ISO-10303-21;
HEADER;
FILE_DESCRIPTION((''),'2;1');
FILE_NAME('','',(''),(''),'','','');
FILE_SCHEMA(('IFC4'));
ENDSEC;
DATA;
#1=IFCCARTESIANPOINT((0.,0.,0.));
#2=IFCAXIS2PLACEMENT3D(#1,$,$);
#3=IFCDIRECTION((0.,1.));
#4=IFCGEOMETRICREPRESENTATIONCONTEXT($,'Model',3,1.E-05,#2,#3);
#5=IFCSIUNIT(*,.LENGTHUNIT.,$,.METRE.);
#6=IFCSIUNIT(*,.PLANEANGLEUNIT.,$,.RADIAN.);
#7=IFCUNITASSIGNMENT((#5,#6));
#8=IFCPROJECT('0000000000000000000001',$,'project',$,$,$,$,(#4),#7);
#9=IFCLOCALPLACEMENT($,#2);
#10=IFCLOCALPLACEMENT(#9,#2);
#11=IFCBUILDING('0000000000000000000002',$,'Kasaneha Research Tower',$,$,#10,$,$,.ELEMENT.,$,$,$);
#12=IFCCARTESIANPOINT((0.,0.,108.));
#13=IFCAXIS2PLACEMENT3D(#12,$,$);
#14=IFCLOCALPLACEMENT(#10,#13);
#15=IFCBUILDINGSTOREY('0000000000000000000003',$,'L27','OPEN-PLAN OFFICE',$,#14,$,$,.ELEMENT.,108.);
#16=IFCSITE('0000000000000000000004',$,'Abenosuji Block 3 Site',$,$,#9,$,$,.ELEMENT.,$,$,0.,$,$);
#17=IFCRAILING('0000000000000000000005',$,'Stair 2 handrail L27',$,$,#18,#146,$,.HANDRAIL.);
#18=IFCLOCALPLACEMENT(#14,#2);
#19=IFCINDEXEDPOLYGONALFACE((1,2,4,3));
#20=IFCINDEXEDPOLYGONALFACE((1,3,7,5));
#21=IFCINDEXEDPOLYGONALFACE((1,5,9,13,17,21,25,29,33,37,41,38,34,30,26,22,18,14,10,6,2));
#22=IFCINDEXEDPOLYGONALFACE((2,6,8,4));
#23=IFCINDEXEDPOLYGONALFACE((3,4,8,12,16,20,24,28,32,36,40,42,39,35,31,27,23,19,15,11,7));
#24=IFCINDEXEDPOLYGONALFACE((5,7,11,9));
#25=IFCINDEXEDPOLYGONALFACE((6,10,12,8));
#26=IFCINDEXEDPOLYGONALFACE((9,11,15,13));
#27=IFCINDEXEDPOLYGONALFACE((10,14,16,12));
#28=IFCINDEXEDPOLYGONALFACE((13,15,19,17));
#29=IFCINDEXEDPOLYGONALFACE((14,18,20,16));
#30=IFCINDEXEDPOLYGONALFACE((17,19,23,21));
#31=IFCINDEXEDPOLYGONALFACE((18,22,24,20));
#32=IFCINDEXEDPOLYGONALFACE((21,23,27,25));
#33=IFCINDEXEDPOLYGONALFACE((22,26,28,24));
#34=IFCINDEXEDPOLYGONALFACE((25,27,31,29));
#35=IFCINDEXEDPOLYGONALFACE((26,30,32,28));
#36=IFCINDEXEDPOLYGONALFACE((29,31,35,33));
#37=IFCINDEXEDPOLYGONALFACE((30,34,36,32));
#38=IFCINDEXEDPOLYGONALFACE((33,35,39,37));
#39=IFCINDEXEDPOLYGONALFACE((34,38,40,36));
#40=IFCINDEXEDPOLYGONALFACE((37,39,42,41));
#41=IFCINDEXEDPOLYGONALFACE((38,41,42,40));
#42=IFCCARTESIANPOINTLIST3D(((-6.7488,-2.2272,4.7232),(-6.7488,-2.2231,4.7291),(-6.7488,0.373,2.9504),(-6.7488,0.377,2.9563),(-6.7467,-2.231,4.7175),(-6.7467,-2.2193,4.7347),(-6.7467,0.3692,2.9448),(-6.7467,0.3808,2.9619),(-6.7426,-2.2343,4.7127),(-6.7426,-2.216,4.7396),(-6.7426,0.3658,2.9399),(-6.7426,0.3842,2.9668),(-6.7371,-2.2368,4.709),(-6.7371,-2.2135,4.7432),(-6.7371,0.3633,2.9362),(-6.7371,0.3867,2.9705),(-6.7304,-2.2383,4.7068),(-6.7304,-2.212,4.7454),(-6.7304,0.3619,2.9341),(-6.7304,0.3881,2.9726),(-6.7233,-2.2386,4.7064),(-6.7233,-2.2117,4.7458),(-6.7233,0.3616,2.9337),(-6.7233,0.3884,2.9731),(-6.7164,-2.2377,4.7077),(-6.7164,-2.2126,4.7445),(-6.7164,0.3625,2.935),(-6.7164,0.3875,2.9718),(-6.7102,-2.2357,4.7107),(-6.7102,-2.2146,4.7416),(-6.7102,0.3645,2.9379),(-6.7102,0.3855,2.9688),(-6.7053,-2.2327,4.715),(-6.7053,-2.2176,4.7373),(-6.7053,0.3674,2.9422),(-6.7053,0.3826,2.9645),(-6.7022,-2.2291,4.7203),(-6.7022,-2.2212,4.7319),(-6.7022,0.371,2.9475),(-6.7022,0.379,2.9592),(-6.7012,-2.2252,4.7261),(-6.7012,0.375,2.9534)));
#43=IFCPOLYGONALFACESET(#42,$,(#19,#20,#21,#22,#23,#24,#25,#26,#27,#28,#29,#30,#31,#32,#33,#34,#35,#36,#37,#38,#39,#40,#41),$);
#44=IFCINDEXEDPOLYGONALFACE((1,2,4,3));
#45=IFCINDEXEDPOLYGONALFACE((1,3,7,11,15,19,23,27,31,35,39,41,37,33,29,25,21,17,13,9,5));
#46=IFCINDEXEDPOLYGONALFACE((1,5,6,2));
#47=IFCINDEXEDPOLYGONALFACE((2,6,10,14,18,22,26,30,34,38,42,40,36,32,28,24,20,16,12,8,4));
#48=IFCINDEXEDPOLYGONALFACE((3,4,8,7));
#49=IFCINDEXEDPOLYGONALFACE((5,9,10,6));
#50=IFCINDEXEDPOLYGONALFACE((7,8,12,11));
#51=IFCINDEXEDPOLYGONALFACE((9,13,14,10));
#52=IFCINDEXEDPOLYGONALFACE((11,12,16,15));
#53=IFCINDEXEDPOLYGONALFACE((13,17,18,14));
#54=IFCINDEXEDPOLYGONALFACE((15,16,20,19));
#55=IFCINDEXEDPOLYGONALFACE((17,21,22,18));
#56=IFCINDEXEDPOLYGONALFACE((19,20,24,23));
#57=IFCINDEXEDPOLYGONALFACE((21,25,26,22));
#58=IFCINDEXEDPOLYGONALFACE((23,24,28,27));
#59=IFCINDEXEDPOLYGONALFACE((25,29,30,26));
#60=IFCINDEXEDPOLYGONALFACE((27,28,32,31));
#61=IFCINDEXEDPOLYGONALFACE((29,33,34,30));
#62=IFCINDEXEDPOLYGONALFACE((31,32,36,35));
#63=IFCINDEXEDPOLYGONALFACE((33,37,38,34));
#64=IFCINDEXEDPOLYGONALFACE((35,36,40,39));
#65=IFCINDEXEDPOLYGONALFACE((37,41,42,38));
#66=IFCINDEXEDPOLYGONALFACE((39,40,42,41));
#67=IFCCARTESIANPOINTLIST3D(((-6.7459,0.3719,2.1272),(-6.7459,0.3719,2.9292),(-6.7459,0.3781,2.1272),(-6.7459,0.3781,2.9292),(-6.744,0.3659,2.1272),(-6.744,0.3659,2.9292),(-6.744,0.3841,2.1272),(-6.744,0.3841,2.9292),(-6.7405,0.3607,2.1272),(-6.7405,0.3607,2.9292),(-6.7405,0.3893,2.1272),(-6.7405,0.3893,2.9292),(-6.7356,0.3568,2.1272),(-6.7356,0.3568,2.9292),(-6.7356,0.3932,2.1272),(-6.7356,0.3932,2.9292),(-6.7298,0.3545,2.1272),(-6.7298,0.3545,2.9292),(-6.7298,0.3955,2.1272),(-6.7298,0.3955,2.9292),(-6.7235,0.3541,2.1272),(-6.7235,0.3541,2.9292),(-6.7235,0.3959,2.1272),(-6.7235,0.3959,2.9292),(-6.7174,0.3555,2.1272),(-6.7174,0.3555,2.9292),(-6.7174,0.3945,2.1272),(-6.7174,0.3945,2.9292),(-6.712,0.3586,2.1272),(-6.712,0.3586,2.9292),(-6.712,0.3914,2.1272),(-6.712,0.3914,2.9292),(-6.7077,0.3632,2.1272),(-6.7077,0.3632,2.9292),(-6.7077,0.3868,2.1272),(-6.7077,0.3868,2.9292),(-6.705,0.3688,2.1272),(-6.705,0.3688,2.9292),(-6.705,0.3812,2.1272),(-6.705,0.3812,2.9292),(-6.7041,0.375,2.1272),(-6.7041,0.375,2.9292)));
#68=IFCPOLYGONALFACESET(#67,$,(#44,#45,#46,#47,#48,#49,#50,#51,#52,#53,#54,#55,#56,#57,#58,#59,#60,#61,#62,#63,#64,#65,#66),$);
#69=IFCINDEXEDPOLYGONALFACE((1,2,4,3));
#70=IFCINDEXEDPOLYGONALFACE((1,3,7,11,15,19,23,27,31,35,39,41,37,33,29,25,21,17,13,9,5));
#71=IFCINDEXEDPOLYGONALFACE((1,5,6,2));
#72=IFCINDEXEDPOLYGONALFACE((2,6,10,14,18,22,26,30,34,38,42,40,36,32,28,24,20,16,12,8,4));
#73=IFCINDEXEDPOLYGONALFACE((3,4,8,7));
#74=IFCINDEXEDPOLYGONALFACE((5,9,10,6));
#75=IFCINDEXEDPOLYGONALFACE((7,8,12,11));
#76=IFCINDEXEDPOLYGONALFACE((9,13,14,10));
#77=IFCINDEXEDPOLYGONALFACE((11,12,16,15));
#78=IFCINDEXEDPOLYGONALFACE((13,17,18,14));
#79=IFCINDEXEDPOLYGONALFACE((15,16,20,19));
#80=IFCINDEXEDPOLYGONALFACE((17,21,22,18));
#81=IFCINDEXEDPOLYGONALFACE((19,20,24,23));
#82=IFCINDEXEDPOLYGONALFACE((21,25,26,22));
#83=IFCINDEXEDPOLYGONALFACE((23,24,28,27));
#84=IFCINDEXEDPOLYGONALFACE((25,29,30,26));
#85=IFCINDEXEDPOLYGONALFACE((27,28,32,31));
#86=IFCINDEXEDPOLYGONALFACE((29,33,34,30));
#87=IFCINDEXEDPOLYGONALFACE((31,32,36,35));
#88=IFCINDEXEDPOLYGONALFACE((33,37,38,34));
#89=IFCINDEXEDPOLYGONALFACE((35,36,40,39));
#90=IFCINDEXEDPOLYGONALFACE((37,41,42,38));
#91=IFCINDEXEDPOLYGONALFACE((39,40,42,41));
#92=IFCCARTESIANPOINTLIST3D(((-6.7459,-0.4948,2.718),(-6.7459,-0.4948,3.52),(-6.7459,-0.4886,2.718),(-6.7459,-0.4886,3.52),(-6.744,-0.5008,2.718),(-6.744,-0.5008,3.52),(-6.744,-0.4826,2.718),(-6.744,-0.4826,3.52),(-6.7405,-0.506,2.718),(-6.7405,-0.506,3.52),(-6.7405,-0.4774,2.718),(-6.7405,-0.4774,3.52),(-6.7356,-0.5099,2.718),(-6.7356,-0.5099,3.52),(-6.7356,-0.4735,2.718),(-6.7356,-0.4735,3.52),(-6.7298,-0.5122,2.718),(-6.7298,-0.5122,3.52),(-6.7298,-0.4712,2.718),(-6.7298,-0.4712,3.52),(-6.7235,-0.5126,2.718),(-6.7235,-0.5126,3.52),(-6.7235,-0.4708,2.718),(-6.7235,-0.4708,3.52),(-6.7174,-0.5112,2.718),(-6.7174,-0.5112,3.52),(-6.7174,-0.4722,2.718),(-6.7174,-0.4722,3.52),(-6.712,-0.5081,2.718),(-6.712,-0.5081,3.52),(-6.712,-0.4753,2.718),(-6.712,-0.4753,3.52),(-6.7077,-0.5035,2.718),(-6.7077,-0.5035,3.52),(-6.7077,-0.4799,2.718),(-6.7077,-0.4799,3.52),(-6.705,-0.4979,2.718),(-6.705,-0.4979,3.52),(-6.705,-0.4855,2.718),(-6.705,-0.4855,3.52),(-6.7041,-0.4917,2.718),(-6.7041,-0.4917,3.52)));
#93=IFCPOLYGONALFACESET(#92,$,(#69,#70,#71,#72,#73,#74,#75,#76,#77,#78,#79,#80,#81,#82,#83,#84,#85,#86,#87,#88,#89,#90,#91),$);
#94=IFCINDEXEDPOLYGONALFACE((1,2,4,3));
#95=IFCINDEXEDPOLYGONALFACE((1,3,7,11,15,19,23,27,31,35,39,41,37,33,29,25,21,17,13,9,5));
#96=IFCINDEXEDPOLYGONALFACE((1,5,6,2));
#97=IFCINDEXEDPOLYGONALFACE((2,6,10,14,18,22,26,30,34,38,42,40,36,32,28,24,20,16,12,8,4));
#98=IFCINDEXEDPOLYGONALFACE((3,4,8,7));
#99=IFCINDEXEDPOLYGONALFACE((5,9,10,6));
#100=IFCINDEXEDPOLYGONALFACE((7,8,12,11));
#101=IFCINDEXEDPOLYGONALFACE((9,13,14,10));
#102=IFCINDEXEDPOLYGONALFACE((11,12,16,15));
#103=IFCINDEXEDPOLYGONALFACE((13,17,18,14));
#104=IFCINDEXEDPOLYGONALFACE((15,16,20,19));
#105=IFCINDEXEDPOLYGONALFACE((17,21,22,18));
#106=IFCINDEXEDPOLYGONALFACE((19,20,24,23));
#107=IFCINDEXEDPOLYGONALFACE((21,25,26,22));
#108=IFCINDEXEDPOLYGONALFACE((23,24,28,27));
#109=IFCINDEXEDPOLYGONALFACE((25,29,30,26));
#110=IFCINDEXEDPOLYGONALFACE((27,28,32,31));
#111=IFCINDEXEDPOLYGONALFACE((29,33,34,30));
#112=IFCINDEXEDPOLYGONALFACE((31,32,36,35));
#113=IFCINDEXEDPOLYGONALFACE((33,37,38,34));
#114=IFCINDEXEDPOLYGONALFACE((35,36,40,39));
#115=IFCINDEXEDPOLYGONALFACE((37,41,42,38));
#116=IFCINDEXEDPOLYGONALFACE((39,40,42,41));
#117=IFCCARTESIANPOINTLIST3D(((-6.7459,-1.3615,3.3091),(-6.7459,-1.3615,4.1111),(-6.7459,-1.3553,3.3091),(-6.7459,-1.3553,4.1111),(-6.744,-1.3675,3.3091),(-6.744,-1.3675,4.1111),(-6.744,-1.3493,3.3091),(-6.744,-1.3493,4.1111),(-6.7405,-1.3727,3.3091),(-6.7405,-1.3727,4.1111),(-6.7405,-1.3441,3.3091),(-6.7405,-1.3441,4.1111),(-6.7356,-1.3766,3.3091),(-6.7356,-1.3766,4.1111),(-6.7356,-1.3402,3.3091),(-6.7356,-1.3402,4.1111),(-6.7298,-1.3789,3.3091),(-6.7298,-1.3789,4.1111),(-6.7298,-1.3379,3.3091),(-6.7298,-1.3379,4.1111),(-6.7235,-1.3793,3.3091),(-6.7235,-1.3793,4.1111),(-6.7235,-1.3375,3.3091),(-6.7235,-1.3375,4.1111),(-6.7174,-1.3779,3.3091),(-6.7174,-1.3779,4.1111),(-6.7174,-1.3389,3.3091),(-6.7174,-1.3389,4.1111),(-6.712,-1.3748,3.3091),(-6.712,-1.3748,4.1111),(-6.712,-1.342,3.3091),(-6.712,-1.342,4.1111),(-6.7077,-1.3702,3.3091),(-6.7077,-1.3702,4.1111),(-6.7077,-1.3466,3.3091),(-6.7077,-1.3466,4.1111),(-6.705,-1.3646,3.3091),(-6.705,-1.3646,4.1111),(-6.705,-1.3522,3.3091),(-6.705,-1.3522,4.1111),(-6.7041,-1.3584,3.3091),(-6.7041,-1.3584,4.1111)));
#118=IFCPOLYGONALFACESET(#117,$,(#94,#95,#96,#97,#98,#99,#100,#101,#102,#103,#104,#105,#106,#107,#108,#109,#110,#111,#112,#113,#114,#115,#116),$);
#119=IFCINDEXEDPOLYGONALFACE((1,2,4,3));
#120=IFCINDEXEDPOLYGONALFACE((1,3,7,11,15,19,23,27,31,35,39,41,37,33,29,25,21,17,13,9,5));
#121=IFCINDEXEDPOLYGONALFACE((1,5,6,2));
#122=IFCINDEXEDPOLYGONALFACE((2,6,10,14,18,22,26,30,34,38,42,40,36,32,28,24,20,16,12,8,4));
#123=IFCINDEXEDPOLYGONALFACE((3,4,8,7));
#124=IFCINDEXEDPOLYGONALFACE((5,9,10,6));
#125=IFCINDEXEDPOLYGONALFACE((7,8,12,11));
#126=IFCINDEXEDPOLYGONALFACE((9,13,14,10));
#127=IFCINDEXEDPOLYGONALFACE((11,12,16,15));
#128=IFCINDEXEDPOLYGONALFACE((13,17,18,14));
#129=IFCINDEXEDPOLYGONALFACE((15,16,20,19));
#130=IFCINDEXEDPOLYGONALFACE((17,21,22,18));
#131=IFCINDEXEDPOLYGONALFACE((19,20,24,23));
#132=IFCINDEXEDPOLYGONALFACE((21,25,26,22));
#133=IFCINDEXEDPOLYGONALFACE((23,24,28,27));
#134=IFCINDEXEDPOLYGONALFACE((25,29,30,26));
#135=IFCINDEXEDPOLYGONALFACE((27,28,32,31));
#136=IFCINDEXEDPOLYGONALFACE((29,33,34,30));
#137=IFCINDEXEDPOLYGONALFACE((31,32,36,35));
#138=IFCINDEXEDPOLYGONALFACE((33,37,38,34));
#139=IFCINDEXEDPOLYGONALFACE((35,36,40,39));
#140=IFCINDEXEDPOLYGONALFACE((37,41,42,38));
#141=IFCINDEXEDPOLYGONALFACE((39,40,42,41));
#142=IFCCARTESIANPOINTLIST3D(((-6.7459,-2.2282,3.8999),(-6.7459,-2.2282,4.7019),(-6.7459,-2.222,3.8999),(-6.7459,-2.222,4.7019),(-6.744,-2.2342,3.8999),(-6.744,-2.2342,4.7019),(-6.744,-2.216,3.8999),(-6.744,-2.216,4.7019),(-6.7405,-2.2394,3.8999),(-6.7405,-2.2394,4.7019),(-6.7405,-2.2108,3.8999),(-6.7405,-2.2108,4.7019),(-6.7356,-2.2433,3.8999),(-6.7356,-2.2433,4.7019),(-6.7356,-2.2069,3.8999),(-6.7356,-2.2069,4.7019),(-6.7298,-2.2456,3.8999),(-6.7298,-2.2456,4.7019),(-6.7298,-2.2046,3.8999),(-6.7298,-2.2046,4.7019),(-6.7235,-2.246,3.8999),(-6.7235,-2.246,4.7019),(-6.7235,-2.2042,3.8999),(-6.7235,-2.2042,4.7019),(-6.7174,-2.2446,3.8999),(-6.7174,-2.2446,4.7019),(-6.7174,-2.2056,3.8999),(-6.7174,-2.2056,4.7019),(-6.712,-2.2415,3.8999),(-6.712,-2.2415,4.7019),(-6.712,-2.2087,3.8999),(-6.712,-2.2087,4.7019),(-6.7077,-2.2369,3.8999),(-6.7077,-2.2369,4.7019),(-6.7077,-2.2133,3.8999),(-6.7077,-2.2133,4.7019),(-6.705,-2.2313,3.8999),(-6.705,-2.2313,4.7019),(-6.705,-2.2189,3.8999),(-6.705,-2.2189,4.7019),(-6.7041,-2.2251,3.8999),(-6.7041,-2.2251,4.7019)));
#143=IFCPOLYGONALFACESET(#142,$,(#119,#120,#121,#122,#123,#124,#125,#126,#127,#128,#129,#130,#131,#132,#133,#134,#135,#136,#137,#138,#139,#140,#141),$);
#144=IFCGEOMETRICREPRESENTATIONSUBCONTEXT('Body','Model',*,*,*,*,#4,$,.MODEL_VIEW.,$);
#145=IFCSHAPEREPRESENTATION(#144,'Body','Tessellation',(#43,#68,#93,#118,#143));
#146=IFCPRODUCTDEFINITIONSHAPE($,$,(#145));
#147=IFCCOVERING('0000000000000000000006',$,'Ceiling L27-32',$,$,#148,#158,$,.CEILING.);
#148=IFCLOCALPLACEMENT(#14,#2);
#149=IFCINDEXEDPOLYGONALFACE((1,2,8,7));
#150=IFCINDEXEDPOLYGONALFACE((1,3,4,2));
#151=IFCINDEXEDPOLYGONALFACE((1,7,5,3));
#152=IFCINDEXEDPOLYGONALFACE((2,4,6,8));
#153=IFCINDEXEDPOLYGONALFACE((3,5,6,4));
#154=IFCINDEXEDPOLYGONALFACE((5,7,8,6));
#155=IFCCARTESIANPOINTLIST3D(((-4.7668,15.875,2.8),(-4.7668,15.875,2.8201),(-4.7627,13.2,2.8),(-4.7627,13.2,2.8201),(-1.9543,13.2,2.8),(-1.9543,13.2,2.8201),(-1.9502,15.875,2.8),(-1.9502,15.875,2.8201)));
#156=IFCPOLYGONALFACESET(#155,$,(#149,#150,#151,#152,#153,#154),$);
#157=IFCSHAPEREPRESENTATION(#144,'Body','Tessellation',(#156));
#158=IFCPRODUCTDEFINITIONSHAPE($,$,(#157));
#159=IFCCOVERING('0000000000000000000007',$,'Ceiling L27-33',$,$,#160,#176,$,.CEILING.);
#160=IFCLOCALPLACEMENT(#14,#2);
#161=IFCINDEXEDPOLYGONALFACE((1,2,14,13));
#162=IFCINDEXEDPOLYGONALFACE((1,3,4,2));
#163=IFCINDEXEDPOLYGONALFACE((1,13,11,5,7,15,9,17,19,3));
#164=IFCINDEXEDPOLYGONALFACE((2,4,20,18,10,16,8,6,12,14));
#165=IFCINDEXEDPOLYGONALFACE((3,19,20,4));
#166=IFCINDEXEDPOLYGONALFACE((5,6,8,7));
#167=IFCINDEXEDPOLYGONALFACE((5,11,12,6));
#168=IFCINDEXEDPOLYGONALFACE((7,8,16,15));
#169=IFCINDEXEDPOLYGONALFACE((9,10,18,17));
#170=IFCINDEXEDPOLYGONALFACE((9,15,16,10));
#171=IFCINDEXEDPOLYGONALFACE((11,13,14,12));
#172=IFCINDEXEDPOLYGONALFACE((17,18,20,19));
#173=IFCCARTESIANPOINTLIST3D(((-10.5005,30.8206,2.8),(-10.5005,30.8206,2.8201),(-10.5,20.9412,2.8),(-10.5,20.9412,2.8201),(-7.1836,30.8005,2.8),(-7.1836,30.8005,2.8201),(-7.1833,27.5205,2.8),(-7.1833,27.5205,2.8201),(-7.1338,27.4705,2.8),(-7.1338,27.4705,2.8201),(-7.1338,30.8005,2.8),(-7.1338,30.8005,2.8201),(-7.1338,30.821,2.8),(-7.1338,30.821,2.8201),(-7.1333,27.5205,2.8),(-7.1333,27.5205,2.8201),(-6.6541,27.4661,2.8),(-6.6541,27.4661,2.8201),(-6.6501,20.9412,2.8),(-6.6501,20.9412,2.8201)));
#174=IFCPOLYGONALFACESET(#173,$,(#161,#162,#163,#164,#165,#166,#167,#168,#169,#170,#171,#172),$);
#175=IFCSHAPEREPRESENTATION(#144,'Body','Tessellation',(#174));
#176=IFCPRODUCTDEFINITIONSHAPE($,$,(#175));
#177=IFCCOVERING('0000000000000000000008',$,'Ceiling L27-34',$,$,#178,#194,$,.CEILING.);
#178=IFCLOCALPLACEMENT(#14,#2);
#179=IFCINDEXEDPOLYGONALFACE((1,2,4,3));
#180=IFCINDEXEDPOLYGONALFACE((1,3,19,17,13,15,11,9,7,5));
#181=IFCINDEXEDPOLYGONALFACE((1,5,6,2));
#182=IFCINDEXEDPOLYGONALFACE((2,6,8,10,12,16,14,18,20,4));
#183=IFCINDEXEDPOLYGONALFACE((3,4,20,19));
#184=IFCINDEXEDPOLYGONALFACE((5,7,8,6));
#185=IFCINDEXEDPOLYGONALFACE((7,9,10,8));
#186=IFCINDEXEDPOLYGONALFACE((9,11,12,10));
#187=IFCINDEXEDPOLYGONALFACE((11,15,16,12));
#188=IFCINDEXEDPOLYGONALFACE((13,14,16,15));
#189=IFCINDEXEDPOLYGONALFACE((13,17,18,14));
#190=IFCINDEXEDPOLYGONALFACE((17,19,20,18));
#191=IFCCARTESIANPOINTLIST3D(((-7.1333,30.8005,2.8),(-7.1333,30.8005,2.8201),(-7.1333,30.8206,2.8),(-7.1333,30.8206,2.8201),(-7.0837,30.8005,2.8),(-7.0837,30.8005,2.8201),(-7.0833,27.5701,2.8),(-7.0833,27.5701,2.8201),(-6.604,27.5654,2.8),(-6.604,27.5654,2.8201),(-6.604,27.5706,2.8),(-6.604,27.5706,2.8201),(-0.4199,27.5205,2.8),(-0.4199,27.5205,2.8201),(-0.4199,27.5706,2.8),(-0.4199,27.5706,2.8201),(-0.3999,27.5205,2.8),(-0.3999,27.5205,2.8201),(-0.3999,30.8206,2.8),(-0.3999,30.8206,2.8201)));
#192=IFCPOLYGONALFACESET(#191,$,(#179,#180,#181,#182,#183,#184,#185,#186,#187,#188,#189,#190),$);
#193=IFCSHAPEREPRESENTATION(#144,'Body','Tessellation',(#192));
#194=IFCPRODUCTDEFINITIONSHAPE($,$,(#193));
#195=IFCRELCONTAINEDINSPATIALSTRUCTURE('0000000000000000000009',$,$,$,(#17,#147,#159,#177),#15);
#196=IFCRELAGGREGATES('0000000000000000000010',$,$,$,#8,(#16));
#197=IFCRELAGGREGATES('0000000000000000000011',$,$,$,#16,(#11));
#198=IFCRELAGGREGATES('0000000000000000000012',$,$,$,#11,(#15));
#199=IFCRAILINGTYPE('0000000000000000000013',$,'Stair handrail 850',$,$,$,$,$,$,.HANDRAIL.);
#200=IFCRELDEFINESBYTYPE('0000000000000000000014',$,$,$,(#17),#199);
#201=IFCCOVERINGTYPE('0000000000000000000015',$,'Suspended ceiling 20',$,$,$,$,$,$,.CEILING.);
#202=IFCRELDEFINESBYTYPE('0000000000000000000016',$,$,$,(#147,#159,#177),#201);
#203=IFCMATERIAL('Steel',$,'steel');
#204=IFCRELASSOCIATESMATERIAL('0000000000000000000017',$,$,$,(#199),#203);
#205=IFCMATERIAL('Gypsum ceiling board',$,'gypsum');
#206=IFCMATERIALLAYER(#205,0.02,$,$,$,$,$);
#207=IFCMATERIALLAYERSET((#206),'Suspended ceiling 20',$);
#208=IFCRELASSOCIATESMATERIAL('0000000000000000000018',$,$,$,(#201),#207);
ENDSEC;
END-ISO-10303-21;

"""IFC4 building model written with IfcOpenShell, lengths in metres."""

from ifc_helpers import new_model, si_unit, direction, frame, origin, origin_2d, place, context, subcontext, project, spatial, polyline, circle, outline, extrude, material, layer, layer_set, type_object, element, save


model = new_model("IFC4")

# Units and contexts
model_context = context("Model", 3, precision=1e-05, world=origin(), true_north=direction((0.0, 1.0)))
body_context = subcontext(model_context, "Body", "Model", "MODEL_VIEW")
ifc_project = project(units=[si_unit("LENGTHUNIT", "METRE"), si_unit("PLANEANGLEUNIT", "RADIAN")], contexts=[model_context])

# Site, building, storey
site_placement = place(None, origin())
site = spatial("IfcSite", under=ifc_project, at=site_placement, Name="Abenosuji Block 3 Site", CompositionType="ELEMENT", RefElevation=0.0)
building_placement = place(site_placement, origin())
building = spatial("IfcBuilding", under=site, at=building_placement, Name="Kasaneha Research Tower", CompositionType="ELEMENT")
storey_placement = place(building_placement, frame((0.0, 0.0, 108.0)))
storey = spatial("IfcBuildingStorey", under=building, at=storey_placement, Name="L27", Description="OPEN-PLAN OFFICE", CompositionType="ELEMENT", Elevation=108.0)

# Railing
ifc_material_1 = material(Name="Steel", Category="steel")
railing_type_1 = type_object("IfcRailingType", Name="Stair handrail 850", PredefinedType="HANDRAIL", material=ifc_material_1)
railing_1_placement = place(storey_placement, frame((-6.7251, 0.375, 2.1272)))
element("IfcRailing", 1, at=railing_1_placement, inside=storey, type_object=railing_type_1, Name="Stair 2 handrail L27", PredefinedType="HANDRAIL", context=body_context, shape_type="SweptSolid", body=[
    extrude(circle(Radius=0.0239, at=origin_2d()), frame((0.0, 0.0, 0.8262), z_axis=(0.0, -0.82624, 0.563318), x_axis=(1.0, 0.0, 0.0)), (0.0, 0.0, 1.0), 3.147),
    extrude(circle(Radius=0.021, at=origin_2d()), origin(), (0.0, 0.0, 1.0), 0.802),
    extrude(circle(Radius=0.021, at=origin_2d()), frame((0.0, -0.8667, 0.5908)), (0.0, 0.0, 1.0), 0.802),
    extrude(circle(Radius=0.021, at=origin_2d()), frame((0.0, -1.7334, 1.1819)), (0.0, 0.0, 1.0), 0.802),
    extrude(circle(Radius=0.021, at=origin_2d()), frame((0.0, -2.6001, 1.7727)), (0.0, 0.0, 1.0), 0.802),
])

# Coverings
ifc_material_2 = material(Name="Gypsum ceiling board", Category="gypsum")
ifc_layer_1 = layer(ifc_material_2, 0.02)
ifc_layer_set_1 = layer_set([ifc_layer_1], Name="Suspended ceiling 20")
covering_type = type_object("IfcCoveringType", Name="Suspended ceiling 20", PredefinedType="CEILING", material=ifc_layer_set_1)
covering_1_placement = place(storey_placement, frame((0.0, 0.0, 2.8)))
element("IfcCovering", 2, at=covering_1_placement, inside=storey, type_object=covering_type, Name="Ceiling L27-32", PredefinedType="CEILING", context=body_context, shape_type="SweptSolid", body=[
    extrude(outline(polyline([(-4.7627, 13.2), (-4.7668, 15.875), (-1.9502, 15.875), (-1.9543, 13.2), (-4.7627, 13.2)])), origin(), (0.0, 0.0, 1.0), 0.02),
])
covering_2_placement = place(storey_placement, frame((0.0, 0.0, 2.8)))
element("IfcCovering", 3, at=covering_2_placement, inside=storey, type_object=covering_type, Name="Ceiling L27-33", PredefinedType="CEILING", context=body_context, shape_type="SweptSolid", body=[
    extrude(outline(polyline([(-7.1338, 30.821), (-7.1338, 30.8005), (-7.1836, 30.8005), (-7.1833, 27.5205), (-7.1333, 27.5205), (-7.1338, 27.4705), (-6.6541, 27.4661), (-6.6501, 20.9412), (-10.5, 20.9412), (-10.5, 20.8911), (-10.5005, 30.8206), (-7.1338, 30.821)])), origin(), (0.0, 0.0, 1.0), 0.02),
])
covering_3_placement = place(storey_placement, frame((0.0, 0.0, 2.8)))
element("IfcCovering", 4, at=covering_3_placement, inside=storey, type_object=covering_type, Name="Ceiling L27-34", PredefinedType="CEILING", context=body_context, shape_type="SweptSolid", body=[
    extrude(outline(polyline([(-0.3999, 27.5205), (-0.4199, 27.5205), (-0.4199, 27.5706), (-6.604, 27.5706), (-6.604, 27.5654), (-7.0833, 27.5701), (-7.0837, 30.8005), (-7.1333, 30.8005), (-7.1333, 30.8206), (-0.3999, 30.8206), (-0.3999, 27.5205)])), origin(), (0.0, 0.0, 1.0), 0.02),
])

save(model, "model.ifc")
